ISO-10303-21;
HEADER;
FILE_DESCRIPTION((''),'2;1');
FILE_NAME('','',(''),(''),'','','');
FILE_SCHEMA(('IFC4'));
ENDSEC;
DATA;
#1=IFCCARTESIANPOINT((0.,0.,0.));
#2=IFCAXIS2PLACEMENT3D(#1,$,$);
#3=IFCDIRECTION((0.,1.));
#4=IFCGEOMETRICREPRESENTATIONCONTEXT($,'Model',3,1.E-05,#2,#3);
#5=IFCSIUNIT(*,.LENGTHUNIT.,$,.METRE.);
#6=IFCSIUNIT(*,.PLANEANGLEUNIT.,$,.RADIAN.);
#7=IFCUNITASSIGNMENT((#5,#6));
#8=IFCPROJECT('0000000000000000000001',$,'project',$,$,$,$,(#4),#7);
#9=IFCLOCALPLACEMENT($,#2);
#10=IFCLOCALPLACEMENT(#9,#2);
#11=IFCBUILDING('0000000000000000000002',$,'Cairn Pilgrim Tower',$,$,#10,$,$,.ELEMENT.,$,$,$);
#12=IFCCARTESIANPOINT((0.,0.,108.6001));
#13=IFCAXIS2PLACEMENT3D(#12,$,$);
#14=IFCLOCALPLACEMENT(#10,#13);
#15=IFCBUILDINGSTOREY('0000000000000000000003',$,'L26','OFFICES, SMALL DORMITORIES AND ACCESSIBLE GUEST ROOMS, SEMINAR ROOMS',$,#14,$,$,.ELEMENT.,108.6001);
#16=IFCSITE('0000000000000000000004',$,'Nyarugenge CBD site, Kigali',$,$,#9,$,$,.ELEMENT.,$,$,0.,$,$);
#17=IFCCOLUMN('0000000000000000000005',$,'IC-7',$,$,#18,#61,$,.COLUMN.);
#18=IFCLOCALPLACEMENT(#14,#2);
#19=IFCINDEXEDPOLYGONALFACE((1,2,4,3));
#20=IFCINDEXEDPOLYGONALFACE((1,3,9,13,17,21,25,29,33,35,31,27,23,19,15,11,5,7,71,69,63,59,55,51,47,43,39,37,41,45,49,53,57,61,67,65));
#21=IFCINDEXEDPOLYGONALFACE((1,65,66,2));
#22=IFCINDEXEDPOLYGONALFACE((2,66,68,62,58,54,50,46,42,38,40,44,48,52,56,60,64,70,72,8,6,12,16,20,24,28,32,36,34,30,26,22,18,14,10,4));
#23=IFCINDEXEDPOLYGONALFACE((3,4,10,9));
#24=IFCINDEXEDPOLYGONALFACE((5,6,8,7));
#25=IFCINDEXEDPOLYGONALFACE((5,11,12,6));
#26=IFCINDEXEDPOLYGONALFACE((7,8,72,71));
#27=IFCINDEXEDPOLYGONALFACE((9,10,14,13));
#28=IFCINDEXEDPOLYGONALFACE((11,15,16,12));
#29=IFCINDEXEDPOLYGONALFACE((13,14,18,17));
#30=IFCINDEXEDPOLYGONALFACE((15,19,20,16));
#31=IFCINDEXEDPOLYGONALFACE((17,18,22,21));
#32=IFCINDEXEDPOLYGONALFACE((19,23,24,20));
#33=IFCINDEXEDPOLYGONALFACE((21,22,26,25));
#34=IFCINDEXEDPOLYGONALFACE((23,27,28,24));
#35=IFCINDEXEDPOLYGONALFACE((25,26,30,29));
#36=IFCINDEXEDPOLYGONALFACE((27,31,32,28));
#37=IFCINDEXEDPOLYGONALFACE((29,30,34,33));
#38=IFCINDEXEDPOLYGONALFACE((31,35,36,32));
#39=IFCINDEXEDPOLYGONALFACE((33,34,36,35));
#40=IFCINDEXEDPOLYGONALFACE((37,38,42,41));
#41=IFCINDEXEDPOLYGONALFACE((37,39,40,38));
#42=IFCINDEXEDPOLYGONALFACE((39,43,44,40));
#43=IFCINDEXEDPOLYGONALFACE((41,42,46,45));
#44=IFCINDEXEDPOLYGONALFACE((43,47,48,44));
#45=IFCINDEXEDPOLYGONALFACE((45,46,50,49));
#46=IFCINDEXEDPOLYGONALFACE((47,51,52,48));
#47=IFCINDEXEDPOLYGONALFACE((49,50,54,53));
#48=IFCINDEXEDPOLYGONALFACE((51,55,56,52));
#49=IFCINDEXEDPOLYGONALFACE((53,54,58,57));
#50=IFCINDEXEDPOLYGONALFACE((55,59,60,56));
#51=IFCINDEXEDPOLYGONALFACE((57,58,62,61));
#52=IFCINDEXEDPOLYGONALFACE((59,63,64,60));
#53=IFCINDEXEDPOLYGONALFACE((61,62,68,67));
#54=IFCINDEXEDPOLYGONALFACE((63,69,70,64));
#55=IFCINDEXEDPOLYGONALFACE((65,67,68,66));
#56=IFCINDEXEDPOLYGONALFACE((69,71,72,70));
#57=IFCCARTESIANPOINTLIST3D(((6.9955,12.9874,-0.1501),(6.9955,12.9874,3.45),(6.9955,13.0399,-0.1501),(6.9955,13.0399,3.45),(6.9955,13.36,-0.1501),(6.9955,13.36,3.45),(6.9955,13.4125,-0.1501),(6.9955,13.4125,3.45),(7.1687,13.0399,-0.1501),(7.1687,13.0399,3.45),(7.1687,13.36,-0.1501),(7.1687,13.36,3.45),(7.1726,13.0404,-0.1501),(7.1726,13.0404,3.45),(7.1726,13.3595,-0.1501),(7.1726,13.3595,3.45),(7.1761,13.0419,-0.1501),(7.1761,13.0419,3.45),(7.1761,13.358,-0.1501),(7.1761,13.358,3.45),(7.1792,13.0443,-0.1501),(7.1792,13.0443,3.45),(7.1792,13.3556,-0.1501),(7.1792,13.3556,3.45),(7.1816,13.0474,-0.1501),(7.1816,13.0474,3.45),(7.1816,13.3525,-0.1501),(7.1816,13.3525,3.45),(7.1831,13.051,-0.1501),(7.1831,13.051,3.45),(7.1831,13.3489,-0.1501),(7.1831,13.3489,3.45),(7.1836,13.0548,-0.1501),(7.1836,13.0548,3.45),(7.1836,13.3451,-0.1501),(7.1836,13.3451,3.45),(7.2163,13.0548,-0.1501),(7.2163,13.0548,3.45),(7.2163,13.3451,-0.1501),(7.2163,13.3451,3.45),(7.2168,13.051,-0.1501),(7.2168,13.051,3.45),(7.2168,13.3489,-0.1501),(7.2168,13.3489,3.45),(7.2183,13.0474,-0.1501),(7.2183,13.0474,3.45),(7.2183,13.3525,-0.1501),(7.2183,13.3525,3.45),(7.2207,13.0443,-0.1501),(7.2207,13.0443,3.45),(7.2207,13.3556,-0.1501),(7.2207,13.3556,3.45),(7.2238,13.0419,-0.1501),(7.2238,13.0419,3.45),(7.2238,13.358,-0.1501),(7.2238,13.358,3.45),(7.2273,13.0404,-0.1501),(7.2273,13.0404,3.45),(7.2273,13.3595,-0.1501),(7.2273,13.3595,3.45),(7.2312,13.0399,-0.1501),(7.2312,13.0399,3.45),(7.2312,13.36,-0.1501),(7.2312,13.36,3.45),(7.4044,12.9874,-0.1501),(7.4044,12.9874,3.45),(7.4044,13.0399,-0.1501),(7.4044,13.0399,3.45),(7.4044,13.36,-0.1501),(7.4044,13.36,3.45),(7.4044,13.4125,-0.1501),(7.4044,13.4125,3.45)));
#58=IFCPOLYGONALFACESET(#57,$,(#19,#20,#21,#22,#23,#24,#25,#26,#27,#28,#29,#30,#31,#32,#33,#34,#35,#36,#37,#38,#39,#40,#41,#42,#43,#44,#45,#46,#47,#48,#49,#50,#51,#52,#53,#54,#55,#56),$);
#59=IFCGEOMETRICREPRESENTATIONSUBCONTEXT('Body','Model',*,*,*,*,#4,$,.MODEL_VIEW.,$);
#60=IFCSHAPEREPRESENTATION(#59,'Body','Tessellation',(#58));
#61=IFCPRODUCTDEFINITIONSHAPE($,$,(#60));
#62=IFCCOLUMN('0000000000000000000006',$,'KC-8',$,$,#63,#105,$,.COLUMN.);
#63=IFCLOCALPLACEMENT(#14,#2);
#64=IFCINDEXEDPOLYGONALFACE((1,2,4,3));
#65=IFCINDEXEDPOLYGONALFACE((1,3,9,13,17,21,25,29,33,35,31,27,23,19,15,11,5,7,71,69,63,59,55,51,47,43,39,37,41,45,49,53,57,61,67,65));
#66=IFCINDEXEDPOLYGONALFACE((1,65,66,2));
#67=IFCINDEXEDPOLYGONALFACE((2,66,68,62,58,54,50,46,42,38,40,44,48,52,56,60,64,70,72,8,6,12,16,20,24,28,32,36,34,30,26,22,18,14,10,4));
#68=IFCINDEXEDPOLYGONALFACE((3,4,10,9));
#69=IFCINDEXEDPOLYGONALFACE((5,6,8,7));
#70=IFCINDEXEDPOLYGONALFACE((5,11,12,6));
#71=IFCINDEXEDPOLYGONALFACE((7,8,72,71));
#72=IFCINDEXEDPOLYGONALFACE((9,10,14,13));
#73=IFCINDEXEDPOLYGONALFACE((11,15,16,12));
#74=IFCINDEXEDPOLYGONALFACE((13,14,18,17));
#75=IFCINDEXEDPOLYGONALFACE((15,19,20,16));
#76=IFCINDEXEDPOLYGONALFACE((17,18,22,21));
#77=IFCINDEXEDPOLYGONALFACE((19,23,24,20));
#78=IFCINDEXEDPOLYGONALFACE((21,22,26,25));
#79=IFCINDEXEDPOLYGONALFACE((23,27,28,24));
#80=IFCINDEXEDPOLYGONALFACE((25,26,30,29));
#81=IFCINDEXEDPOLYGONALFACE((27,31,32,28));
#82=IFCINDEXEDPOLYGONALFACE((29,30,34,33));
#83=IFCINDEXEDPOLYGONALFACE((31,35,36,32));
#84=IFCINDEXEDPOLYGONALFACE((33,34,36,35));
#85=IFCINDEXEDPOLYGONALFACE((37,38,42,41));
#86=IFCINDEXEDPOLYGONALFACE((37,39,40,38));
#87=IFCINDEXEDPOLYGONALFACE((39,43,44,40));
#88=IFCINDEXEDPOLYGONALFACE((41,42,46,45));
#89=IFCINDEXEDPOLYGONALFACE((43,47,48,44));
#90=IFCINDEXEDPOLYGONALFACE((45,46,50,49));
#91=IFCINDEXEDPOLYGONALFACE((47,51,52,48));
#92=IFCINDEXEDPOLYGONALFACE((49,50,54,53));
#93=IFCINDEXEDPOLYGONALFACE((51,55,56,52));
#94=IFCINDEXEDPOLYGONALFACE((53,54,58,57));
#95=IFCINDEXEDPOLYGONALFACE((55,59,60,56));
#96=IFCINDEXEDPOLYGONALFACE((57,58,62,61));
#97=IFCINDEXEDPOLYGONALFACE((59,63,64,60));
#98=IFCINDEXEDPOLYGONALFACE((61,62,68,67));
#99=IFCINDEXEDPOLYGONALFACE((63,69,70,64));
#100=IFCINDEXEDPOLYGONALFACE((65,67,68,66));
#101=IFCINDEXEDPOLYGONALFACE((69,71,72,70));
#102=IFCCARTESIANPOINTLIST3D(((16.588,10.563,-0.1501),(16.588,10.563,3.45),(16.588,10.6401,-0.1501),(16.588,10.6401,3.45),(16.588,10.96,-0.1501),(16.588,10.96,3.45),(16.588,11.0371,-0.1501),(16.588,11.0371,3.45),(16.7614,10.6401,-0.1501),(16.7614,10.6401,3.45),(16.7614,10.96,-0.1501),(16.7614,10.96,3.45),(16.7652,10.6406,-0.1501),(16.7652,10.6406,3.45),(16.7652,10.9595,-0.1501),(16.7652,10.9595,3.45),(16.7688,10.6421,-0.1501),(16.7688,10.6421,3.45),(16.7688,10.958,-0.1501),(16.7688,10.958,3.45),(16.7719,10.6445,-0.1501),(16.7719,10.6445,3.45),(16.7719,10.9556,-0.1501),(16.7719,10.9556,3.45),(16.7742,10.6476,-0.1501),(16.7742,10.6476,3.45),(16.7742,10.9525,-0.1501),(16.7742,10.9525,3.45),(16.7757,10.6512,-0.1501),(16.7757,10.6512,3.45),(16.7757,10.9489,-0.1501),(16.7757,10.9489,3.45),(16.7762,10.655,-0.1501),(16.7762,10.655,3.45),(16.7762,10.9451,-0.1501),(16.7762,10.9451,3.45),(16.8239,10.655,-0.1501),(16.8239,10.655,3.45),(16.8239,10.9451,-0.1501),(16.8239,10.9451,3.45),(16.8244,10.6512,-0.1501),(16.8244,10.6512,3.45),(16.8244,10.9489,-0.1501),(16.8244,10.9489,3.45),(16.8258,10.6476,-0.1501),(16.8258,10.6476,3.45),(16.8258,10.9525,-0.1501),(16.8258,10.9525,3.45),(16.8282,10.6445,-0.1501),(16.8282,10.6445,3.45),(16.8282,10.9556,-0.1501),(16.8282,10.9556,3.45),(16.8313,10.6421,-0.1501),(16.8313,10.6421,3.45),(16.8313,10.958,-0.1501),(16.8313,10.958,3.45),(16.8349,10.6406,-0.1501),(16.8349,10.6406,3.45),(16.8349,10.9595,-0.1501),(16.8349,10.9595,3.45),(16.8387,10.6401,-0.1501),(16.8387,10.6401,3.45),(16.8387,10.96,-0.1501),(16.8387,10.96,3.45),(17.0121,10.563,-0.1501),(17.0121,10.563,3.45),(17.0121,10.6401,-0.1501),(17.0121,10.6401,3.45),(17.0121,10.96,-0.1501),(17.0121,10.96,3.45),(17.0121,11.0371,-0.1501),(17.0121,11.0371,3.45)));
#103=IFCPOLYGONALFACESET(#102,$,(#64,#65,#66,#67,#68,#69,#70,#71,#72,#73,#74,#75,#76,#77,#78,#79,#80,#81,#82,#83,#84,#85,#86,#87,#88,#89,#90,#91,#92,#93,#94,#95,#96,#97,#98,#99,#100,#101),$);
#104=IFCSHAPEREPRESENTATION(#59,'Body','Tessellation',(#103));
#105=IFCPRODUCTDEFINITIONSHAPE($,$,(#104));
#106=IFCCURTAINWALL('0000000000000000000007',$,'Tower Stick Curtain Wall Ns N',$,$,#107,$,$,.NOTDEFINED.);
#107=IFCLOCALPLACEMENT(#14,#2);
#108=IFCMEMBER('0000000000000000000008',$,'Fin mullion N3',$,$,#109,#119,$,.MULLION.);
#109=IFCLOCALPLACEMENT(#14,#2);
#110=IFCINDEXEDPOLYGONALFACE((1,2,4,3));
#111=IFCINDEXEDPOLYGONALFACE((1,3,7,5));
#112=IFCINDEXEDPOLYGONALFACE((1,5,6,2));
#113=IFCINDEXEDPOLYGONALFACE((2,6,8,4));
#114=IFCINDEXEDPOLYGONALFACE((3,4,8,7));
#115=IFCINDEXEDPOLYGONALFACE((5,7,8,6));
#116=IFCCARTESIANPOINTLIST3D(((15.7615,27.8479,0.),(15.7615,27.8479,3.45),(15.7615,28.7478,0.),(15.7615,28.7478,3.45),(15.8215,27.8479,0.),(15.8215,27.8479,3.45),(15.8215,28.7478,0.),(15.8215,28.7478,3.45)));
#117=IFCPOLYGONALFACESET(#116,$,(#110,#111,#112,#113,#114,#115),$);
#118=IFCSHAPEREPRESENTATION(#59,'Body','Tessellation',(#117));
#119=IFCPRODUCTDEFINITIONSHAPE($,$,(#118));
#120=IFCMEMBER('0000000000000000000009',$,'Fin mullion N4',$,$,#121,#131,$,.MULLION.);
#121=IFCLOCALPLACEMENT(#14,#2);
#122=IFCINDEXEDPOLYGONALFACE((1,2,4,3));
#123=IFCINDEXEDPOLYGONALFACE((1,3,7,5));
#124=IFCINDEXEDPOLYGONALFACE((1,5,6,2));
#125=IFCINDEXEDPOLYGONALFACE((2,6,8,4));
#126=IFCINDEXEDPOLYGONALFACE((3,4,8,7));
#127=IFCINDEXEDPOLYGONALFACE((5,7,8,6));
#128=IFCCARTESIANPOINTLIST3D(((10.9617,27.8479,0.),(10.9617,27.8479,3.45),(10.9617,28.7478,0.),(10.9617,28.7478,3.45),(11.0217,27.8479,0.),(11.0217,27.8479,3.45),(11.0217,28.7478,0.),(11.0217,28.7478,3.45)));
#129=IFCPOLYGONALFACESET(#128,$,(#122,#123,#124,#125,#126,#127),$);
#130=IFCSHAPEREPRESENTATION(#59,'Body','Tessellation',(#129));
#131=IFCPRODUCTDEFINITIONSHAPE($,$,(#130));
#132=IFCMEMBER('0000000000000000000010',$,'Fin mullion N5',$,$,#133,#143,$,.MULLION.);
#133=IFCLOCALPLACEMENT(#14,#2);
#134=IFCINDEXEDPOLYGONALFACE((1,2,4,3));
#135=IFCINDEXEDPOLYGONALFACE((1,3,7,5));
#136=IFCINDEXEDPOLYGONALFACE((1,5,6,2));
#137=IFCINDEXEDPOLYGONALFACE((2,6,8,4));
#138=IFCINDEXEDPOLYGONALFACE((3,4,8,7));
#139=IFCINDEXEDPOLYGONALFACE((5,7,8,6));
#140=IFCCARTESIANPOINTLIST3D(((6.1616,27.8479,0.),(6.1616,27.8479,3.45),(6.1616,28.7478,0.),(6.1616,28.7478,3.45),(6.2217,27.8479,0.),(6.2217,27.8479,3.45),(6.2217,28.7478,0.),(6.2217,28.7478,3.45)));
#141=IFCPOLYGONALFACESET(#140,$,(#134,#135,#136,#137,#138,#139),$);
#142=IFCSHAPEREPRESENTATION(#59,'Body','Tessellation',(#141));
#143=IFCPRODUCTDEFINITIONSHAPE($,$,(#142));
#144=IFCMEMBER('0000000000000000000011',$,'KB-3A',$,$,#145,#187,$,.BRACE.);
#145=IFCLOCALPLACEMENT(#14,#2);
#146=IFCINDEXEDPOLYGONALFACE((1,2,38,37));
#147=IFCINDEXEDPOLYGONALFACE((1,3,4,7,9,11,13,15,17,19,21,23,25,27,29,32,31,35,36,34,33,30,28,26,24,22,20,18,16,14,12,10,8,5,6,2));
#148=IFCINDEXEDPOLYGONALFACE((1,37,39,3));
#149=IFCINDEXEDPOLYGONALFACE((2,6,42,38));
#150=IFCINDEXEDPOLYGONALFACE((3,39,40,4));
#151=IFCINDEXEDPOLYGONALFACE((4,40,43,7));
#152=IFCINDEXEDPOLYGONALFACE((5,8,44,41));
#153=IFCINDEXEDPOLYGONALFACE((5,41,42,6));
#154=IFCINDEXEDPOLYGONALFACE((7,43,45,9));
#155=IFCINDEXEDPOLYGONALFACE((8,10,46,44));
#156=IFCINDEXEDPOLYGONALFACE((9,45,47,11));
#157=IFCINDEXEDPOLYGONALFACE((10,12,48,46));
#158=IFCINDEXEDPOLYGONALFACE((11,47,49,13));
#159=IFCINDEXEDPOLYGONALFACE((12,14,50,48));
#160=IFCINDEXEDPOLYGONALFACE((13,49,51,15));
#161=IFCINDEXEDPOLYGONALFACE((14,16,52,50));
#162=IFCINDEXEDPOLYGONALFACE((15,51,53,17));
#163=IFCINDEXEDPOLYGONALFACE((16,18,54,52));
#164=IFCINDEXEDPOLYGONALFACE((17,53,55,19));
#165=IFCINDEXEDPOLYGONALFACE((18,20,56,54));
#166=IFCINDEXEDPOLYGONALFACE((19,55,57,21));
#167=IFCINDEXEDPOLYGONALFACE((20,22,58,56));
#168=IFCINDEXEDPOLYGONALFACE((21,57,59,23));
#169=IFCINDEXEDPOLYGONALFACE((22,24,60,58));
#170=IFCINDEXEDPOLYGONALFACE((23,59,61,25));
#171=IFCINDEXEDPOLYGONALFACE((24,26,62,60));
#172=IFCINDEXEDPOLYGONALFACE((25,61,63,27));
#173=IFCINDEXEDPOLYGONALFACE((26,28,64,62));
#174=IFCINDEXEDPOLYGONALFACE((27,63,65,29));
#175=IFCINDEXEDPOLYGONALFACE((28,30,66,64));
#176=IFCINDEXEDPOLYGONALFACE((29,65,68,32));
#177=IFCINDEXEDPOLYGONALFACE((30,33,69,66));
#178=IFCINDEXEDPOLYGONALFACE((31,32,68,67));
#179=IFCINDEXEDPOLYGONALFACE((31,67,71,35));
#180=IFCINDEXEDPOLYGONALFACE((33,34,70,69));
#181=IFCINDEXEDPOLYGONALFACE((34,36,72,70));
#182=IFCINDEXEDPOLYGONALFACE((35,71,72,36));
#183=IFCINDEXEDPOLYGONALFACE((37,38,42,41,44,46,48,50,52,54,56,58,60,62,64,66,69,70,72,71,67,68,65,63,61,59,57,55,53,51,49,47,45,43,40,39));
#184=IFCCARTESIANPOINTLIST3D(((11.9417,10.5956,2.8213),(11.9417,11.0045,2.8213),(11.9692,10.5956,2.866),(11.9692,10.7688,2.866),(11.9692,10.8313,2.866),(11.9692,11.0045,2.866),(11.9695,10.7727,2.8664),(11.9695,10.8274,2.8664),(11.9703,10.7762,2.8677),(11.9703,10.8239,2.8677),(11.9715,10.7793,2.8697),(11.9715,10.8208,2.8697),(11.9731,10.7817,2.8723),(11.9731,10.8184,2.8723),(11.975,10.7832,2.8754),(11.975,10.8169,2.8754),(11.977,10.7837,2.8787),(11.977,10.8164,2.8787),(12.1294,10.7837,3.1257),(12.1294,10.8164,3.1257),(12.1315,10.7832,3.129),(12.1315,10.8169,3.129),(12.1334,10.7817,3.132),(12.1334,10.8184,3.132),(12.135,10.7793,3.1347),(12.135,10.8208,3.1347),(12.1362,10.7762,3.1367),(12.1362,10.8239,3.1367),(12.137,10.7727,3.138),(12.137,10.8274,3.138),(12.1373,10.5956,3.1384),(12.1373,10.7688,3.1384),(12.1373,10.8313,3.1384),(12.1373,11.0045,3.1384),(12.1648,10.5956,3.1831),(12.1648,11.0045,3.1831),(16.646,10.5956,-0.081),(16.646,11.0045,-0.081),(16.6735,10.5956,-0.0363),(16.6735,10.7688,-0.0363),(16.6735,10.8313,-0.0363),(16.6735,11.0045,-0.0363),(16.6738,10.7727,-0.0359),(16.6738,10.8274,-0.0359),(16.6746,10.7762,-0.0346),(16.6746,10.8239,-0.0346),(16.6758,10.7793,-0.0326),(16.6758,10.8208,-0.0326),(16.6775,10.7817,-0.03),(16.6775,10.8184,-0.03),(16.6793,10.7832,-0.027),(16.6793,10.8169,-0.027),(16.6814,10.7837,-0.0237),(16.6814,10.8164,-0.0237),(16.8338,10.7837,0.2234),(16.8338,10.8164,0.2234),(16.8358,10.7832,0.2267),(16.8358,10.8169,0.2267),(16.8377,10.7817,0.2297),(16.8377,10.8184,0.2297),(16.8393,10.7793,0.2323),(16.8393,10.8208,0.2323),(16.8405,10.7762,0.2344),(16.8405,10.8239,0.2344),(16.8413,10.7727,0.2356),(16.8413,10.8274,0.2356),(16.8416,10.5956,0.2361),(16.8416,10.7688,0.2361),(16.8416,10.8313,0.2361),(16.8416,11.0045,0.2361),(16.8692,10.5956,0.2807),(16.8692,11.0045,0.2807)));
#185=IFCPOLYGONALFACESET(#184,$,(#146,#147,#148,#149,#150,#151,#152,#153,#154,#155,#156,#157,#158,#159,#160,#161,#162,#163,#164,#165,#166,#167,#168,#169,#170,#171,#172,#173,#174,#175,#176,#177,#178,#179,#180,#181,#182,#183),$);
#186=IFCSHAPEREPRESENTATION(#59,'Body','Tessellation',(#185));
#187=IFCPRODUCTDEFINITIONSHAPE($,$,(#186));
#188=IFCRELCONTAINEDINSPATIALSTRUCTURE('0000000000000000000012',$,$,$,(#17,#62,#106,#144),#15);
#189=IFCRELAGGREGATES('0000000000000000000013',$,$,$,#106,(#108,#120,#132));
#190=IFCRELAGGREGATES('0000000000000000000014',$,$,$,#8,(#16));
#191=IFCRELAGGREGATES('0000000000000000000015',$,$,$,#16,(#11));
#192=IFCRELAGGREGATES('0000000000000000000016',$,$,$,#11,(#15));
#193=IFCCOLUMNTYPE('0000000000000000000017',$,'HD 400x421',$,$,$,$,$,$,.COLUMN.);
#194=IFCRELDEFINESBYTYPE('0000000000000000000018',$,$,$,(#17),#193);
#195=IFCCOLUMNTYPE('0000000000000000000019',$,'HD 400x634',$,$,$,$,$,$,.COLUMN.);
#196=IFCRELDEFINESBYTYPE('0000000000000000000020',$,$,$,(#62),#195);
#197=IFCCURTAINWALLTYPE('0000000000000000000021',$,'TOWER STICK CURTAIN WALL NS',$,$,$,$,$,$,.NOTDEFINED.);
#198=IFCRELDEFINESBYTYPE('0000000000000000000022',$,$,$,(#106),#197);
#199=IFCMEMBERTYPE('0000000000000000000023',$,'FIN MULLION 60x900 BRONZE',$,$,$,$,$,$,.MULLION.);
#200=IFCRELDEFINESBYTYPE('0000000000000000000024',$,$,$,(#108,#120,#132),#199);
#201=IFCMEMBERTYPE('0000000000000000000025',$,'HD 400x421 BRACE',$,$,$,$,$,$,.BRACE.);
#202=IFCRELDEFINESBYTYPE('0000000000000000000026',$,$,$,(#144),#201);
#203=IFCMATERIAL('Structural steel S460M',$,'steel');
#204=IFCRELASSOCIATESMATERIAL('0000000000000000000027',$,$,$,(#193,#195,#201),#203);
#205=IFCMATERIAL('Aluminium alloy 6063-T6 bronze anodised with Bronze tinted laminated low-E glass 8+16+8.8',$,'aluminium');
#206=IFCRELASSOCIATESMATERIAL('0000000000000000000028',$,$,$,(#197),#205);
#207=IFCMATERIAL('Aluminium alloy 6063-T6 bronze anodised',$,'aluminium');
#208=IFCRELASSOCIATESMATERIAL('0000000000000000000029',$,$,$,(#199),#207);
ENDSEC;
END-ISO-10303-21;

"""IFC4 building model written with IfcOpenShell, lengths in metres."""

from ifc_helpers import new_model, si_unit, direction, frame, origin, origin_2d, place, context, subcontext, project, spatial, rectangle, i_section, extrude, material, material_profile, profile_set, type_object, element, aggregate, save


model = new_model("IFC4")

# Units and contexts
model_context = context("Model", 3, precision=1e-05, world=origin(), true_north=direction((0.0, 1.0)))
body_context = subcontext(model_context, "Body", "Model", "MODEL_VIEW")
ifc_project = project(units=[si_unit("LENGTHUNIT", "METRE"), si_unit("PLANEANGLEUNIT", "RADIAN")], contexts=[model_context])

# Site, building, storey
site_placement = place(None, origin())
site = spatial("IfcSite", under=ifc_project, at=site_placement, Name="Nyarugenge CBD site, Kigali", CompositionType="ELEMENT", RefElevation=0.0)
building_placement = place(site_placement, origin())
building = spatial("IfcBuilding", under=site, at=building_placement, Name="Cairn Pilgrim Tower", CompositionType="ELEMENT")
storey_placement = place(building_placement, frame((0.0, 0.0, 108.6001)))
storey = spatial("IfcBuildingStorey", under=building, at=storey_placement, Name="L26", Description="OFFICES, SMALL DORMITORIES AND ACCESSIBLE GUEST ROOMS, SEMINAR ROOMS", CompositionType="ELEMENT", Elevation=108.6001)

# Columns
ifc_material_1 = material(Name="Structural steel S460M", Category="steel")
ifc_material_profile_1 = material_profile(ifc_material_1, i_section(OverallWidth=0.4089, OverallDepth=0.425, WebThickness=0.0327, FlangeThickness=0.0525, FilletRadius=0.0149, at=origin_2d()), Name="HD 400x421")
ifc_profile_set_1 = profile_set([ifc_material_profile_1], Name="Structural steel S460M")
column_type_1 = type_object("IfcColumnType", Name="HD 400x421", PredefinedType="COLUMN", material=ifc_profile_set_1)
column_1_placement = place(storey_placement, frame((7.2, 13.2, -0.1501), z_axis=(0.0, 0.0, 1.0), x_axis=(1.0, 0.0, 0.0)))
element("IfcColumn", 1, at=column_1_placement, inside=storey, type_object=column_type_1, Name="IC-7", PredefinedType="COLUMN", context=body_context, shape_type="SweptSolid", body=[
    extrude(i_section(OverallWidth=0.4089, OverallDepth=0.425, WebThickness=0.0327, FlangeThickness=0.0525, FilletRadius=0.0149, at=origin_2d()), origin(), (0.0, 0.0, 1.0), 3.6001),
])
ifc_material_profile_2 = material_profile(ifc_material_1, i_section(OverallWidth=0.4241, OverallDepth=0.4741, WebThickness=0.0476, FlangeThickness=0.0771, FilletRadius=0.0149, at=origin_2d()), Name="HD 400x634")
ifc_profile_set_2 = profile_set([ifc_material_profile_2], Name="Structural steel S460M")
column_type_2 = type_object("IfcColumnType", Name="HD 400x634", PredefinedType="COLUMN", material=ifc_profile_set_2)
column_2_placement = place(storey_placement, frame((16.8, 10.8, -0.1501), z_axis=(0.0, 0.0, 1.0), x_axis=(1.0, 0.0, 0.0)))
element("IfcColumn", 2, at=column_2_placement, inside=storey, type_object=column_type_2, Name="KC-8", PredefinedType="COLUMN", context=body_context, shape_type="SweptSolid", body=[
    extrude(i_section(OverallWidth=0.4241, OverallDepth=0.4741, WebThickness=0.0476, FlangeThickness=0.0771, FilletRadius=0.0149, at=origin_2d()), origin(), (0.0, 0.0, 1.0), 3.6001),
])

# Curtain wall, members
ifc_material_2 = material(Name="Aluminium alloy 6063-T6 bronze anodised with Bronze tinted laminated low-E glass 8+16+8.8", Category="aluminium")
curtain_wall_type = type_object("IfcCurtainWallType", Name="TOWER STICK CURTAIN WALL NS", PredefinedType="NOTDEFINED", material=ifc_material_2)
curtain_wall_placement = place(storey_placement, origin())
curtain_wall = element("IfcCurtainWall", 3, at=curtain_wall_placement, inside=storey, type_object=curtain_wall_type, Name="Tower Stick Curtain Wall Ns N", PredefinedType="NOTDEFINED")
ifc_material_3 = material(Name="Aluminium alloy 6063-T6 bronze anodised", Category="aluminium")
ifc_material_profile_3 = material_profile(ifc_material_3, rectangle(XDim=0.8999, YDim=0.0601, at=origin_2d()), Name="FIN MULLION 60x900 BRONZE")
ifc_profile_set_3 = profile_set([ifc_material_profile_3], Name="Aluminium alloy 6063-T6 bronze anodised")
member_type_1 = type_object("IfcMemberType", Name="FIN MULLION 60x900 BRONZE", PredefinedType="MULLION", material=ifc_profile_set_3)
member_1_placement = place(storey_placement, frame((15.7915, 28.2979, 0.0), z_axis=(0.0, 0.0, 1.0), x_axis=(0.0, 1.0, 0.0)))
member_1 = element("IfcMember", 4, at=member_1_placement, type_object=member_type_1, Name="Fin mullion N3", PredefinedType="MULLION", context=body_context, shape_type="SweptSolid", body=[
    extrude(rectangle(XDim=0.8999, YDim=0.0601, at=origin_2d()), origin(), (0.0, 0.0, 1.0), 3.45),
])
member_2_placement = place(storey_placement, frame((10.9917, 28.2979, 0.0), z_axis=(0.0, 0.0, 1.0), x_axis=(0.0, 1.0, 0.0)))
member_2 = element("IfcMember", 5, at=member_2_placement, type_object=member_type_1, Name="Fin mullion N4", PredefinedType="MULLION", context=body_context, shape_type="SweptSolid", body=[
    extrude(rectangle(XDim=0.8999, YDim=0.0601, at=origin_2d()), origin(), (0.0, 0.0, 1.0), 3.45),
])
member_3_placement = place(storey_placement, frame((6.1917, 28.2979, 0.0), z_axis=(0.0, 0.0, 1.0), x_axis=(0.0, 1.0, 0.0)))
member_3 = element("IfcMember", 6, at=member_3_placement, type_object=member_type_1, Name="Fin mullion N5", PredefinedType="MULLION", context=body_context, shape_type="SweptSolid", body=[
    extrude(rectangle(XDim=0.8999, YDim=0.0601, at=origin_2d()), origin(), (0.0, 0.0, 1.0), 3.45),
])

# Member
ifc_material_profile_4 = material_profile(ifc_material_1, i_section(OverallWidth=0.4089, OverallDepth=0.425, WebThickness=0.0327, FlangeThickness=0.0525, FilletRadius=0.0149, at=origin_2d()), Name="HD 400x421")
ifc_profile_set_4 = profile_set([ifc_material_profile_4], Name="Structural steel S460M")
member_type_2 = type_object("IfcMemberType", Name="HD 400x421 BRACE", PredefinedType="BRACE", material=ifc_profile_set_4)
member_4_placement = place(storey_placement, frame((16.7576, 10.8, 0.0999), z_axis=(-0.851063, 0.0, 0.525063), x_axis=(0.0, -1.0, 0.0)))
element("IfcMember", 7, at=member_4_placement, inside=storey, type_object=member_type_2, Name="KB-3A", PredefinedType="BRACE", context=body_context, shape_type="SweptSolid", body=[
    extrude(i_section(OverallWidth=0.4089, OverallDepth=0.425, WebThickness=0.0327, FlangeThickness=0.0525, FilletRadius=0.0149, at=origin_2d()), origin(), (0.0, 0.0, 1.0), 5.5276),
])

aggregate(curtain_wall, [member_1, member_2, member_3])

save(model, "model.ifc")
